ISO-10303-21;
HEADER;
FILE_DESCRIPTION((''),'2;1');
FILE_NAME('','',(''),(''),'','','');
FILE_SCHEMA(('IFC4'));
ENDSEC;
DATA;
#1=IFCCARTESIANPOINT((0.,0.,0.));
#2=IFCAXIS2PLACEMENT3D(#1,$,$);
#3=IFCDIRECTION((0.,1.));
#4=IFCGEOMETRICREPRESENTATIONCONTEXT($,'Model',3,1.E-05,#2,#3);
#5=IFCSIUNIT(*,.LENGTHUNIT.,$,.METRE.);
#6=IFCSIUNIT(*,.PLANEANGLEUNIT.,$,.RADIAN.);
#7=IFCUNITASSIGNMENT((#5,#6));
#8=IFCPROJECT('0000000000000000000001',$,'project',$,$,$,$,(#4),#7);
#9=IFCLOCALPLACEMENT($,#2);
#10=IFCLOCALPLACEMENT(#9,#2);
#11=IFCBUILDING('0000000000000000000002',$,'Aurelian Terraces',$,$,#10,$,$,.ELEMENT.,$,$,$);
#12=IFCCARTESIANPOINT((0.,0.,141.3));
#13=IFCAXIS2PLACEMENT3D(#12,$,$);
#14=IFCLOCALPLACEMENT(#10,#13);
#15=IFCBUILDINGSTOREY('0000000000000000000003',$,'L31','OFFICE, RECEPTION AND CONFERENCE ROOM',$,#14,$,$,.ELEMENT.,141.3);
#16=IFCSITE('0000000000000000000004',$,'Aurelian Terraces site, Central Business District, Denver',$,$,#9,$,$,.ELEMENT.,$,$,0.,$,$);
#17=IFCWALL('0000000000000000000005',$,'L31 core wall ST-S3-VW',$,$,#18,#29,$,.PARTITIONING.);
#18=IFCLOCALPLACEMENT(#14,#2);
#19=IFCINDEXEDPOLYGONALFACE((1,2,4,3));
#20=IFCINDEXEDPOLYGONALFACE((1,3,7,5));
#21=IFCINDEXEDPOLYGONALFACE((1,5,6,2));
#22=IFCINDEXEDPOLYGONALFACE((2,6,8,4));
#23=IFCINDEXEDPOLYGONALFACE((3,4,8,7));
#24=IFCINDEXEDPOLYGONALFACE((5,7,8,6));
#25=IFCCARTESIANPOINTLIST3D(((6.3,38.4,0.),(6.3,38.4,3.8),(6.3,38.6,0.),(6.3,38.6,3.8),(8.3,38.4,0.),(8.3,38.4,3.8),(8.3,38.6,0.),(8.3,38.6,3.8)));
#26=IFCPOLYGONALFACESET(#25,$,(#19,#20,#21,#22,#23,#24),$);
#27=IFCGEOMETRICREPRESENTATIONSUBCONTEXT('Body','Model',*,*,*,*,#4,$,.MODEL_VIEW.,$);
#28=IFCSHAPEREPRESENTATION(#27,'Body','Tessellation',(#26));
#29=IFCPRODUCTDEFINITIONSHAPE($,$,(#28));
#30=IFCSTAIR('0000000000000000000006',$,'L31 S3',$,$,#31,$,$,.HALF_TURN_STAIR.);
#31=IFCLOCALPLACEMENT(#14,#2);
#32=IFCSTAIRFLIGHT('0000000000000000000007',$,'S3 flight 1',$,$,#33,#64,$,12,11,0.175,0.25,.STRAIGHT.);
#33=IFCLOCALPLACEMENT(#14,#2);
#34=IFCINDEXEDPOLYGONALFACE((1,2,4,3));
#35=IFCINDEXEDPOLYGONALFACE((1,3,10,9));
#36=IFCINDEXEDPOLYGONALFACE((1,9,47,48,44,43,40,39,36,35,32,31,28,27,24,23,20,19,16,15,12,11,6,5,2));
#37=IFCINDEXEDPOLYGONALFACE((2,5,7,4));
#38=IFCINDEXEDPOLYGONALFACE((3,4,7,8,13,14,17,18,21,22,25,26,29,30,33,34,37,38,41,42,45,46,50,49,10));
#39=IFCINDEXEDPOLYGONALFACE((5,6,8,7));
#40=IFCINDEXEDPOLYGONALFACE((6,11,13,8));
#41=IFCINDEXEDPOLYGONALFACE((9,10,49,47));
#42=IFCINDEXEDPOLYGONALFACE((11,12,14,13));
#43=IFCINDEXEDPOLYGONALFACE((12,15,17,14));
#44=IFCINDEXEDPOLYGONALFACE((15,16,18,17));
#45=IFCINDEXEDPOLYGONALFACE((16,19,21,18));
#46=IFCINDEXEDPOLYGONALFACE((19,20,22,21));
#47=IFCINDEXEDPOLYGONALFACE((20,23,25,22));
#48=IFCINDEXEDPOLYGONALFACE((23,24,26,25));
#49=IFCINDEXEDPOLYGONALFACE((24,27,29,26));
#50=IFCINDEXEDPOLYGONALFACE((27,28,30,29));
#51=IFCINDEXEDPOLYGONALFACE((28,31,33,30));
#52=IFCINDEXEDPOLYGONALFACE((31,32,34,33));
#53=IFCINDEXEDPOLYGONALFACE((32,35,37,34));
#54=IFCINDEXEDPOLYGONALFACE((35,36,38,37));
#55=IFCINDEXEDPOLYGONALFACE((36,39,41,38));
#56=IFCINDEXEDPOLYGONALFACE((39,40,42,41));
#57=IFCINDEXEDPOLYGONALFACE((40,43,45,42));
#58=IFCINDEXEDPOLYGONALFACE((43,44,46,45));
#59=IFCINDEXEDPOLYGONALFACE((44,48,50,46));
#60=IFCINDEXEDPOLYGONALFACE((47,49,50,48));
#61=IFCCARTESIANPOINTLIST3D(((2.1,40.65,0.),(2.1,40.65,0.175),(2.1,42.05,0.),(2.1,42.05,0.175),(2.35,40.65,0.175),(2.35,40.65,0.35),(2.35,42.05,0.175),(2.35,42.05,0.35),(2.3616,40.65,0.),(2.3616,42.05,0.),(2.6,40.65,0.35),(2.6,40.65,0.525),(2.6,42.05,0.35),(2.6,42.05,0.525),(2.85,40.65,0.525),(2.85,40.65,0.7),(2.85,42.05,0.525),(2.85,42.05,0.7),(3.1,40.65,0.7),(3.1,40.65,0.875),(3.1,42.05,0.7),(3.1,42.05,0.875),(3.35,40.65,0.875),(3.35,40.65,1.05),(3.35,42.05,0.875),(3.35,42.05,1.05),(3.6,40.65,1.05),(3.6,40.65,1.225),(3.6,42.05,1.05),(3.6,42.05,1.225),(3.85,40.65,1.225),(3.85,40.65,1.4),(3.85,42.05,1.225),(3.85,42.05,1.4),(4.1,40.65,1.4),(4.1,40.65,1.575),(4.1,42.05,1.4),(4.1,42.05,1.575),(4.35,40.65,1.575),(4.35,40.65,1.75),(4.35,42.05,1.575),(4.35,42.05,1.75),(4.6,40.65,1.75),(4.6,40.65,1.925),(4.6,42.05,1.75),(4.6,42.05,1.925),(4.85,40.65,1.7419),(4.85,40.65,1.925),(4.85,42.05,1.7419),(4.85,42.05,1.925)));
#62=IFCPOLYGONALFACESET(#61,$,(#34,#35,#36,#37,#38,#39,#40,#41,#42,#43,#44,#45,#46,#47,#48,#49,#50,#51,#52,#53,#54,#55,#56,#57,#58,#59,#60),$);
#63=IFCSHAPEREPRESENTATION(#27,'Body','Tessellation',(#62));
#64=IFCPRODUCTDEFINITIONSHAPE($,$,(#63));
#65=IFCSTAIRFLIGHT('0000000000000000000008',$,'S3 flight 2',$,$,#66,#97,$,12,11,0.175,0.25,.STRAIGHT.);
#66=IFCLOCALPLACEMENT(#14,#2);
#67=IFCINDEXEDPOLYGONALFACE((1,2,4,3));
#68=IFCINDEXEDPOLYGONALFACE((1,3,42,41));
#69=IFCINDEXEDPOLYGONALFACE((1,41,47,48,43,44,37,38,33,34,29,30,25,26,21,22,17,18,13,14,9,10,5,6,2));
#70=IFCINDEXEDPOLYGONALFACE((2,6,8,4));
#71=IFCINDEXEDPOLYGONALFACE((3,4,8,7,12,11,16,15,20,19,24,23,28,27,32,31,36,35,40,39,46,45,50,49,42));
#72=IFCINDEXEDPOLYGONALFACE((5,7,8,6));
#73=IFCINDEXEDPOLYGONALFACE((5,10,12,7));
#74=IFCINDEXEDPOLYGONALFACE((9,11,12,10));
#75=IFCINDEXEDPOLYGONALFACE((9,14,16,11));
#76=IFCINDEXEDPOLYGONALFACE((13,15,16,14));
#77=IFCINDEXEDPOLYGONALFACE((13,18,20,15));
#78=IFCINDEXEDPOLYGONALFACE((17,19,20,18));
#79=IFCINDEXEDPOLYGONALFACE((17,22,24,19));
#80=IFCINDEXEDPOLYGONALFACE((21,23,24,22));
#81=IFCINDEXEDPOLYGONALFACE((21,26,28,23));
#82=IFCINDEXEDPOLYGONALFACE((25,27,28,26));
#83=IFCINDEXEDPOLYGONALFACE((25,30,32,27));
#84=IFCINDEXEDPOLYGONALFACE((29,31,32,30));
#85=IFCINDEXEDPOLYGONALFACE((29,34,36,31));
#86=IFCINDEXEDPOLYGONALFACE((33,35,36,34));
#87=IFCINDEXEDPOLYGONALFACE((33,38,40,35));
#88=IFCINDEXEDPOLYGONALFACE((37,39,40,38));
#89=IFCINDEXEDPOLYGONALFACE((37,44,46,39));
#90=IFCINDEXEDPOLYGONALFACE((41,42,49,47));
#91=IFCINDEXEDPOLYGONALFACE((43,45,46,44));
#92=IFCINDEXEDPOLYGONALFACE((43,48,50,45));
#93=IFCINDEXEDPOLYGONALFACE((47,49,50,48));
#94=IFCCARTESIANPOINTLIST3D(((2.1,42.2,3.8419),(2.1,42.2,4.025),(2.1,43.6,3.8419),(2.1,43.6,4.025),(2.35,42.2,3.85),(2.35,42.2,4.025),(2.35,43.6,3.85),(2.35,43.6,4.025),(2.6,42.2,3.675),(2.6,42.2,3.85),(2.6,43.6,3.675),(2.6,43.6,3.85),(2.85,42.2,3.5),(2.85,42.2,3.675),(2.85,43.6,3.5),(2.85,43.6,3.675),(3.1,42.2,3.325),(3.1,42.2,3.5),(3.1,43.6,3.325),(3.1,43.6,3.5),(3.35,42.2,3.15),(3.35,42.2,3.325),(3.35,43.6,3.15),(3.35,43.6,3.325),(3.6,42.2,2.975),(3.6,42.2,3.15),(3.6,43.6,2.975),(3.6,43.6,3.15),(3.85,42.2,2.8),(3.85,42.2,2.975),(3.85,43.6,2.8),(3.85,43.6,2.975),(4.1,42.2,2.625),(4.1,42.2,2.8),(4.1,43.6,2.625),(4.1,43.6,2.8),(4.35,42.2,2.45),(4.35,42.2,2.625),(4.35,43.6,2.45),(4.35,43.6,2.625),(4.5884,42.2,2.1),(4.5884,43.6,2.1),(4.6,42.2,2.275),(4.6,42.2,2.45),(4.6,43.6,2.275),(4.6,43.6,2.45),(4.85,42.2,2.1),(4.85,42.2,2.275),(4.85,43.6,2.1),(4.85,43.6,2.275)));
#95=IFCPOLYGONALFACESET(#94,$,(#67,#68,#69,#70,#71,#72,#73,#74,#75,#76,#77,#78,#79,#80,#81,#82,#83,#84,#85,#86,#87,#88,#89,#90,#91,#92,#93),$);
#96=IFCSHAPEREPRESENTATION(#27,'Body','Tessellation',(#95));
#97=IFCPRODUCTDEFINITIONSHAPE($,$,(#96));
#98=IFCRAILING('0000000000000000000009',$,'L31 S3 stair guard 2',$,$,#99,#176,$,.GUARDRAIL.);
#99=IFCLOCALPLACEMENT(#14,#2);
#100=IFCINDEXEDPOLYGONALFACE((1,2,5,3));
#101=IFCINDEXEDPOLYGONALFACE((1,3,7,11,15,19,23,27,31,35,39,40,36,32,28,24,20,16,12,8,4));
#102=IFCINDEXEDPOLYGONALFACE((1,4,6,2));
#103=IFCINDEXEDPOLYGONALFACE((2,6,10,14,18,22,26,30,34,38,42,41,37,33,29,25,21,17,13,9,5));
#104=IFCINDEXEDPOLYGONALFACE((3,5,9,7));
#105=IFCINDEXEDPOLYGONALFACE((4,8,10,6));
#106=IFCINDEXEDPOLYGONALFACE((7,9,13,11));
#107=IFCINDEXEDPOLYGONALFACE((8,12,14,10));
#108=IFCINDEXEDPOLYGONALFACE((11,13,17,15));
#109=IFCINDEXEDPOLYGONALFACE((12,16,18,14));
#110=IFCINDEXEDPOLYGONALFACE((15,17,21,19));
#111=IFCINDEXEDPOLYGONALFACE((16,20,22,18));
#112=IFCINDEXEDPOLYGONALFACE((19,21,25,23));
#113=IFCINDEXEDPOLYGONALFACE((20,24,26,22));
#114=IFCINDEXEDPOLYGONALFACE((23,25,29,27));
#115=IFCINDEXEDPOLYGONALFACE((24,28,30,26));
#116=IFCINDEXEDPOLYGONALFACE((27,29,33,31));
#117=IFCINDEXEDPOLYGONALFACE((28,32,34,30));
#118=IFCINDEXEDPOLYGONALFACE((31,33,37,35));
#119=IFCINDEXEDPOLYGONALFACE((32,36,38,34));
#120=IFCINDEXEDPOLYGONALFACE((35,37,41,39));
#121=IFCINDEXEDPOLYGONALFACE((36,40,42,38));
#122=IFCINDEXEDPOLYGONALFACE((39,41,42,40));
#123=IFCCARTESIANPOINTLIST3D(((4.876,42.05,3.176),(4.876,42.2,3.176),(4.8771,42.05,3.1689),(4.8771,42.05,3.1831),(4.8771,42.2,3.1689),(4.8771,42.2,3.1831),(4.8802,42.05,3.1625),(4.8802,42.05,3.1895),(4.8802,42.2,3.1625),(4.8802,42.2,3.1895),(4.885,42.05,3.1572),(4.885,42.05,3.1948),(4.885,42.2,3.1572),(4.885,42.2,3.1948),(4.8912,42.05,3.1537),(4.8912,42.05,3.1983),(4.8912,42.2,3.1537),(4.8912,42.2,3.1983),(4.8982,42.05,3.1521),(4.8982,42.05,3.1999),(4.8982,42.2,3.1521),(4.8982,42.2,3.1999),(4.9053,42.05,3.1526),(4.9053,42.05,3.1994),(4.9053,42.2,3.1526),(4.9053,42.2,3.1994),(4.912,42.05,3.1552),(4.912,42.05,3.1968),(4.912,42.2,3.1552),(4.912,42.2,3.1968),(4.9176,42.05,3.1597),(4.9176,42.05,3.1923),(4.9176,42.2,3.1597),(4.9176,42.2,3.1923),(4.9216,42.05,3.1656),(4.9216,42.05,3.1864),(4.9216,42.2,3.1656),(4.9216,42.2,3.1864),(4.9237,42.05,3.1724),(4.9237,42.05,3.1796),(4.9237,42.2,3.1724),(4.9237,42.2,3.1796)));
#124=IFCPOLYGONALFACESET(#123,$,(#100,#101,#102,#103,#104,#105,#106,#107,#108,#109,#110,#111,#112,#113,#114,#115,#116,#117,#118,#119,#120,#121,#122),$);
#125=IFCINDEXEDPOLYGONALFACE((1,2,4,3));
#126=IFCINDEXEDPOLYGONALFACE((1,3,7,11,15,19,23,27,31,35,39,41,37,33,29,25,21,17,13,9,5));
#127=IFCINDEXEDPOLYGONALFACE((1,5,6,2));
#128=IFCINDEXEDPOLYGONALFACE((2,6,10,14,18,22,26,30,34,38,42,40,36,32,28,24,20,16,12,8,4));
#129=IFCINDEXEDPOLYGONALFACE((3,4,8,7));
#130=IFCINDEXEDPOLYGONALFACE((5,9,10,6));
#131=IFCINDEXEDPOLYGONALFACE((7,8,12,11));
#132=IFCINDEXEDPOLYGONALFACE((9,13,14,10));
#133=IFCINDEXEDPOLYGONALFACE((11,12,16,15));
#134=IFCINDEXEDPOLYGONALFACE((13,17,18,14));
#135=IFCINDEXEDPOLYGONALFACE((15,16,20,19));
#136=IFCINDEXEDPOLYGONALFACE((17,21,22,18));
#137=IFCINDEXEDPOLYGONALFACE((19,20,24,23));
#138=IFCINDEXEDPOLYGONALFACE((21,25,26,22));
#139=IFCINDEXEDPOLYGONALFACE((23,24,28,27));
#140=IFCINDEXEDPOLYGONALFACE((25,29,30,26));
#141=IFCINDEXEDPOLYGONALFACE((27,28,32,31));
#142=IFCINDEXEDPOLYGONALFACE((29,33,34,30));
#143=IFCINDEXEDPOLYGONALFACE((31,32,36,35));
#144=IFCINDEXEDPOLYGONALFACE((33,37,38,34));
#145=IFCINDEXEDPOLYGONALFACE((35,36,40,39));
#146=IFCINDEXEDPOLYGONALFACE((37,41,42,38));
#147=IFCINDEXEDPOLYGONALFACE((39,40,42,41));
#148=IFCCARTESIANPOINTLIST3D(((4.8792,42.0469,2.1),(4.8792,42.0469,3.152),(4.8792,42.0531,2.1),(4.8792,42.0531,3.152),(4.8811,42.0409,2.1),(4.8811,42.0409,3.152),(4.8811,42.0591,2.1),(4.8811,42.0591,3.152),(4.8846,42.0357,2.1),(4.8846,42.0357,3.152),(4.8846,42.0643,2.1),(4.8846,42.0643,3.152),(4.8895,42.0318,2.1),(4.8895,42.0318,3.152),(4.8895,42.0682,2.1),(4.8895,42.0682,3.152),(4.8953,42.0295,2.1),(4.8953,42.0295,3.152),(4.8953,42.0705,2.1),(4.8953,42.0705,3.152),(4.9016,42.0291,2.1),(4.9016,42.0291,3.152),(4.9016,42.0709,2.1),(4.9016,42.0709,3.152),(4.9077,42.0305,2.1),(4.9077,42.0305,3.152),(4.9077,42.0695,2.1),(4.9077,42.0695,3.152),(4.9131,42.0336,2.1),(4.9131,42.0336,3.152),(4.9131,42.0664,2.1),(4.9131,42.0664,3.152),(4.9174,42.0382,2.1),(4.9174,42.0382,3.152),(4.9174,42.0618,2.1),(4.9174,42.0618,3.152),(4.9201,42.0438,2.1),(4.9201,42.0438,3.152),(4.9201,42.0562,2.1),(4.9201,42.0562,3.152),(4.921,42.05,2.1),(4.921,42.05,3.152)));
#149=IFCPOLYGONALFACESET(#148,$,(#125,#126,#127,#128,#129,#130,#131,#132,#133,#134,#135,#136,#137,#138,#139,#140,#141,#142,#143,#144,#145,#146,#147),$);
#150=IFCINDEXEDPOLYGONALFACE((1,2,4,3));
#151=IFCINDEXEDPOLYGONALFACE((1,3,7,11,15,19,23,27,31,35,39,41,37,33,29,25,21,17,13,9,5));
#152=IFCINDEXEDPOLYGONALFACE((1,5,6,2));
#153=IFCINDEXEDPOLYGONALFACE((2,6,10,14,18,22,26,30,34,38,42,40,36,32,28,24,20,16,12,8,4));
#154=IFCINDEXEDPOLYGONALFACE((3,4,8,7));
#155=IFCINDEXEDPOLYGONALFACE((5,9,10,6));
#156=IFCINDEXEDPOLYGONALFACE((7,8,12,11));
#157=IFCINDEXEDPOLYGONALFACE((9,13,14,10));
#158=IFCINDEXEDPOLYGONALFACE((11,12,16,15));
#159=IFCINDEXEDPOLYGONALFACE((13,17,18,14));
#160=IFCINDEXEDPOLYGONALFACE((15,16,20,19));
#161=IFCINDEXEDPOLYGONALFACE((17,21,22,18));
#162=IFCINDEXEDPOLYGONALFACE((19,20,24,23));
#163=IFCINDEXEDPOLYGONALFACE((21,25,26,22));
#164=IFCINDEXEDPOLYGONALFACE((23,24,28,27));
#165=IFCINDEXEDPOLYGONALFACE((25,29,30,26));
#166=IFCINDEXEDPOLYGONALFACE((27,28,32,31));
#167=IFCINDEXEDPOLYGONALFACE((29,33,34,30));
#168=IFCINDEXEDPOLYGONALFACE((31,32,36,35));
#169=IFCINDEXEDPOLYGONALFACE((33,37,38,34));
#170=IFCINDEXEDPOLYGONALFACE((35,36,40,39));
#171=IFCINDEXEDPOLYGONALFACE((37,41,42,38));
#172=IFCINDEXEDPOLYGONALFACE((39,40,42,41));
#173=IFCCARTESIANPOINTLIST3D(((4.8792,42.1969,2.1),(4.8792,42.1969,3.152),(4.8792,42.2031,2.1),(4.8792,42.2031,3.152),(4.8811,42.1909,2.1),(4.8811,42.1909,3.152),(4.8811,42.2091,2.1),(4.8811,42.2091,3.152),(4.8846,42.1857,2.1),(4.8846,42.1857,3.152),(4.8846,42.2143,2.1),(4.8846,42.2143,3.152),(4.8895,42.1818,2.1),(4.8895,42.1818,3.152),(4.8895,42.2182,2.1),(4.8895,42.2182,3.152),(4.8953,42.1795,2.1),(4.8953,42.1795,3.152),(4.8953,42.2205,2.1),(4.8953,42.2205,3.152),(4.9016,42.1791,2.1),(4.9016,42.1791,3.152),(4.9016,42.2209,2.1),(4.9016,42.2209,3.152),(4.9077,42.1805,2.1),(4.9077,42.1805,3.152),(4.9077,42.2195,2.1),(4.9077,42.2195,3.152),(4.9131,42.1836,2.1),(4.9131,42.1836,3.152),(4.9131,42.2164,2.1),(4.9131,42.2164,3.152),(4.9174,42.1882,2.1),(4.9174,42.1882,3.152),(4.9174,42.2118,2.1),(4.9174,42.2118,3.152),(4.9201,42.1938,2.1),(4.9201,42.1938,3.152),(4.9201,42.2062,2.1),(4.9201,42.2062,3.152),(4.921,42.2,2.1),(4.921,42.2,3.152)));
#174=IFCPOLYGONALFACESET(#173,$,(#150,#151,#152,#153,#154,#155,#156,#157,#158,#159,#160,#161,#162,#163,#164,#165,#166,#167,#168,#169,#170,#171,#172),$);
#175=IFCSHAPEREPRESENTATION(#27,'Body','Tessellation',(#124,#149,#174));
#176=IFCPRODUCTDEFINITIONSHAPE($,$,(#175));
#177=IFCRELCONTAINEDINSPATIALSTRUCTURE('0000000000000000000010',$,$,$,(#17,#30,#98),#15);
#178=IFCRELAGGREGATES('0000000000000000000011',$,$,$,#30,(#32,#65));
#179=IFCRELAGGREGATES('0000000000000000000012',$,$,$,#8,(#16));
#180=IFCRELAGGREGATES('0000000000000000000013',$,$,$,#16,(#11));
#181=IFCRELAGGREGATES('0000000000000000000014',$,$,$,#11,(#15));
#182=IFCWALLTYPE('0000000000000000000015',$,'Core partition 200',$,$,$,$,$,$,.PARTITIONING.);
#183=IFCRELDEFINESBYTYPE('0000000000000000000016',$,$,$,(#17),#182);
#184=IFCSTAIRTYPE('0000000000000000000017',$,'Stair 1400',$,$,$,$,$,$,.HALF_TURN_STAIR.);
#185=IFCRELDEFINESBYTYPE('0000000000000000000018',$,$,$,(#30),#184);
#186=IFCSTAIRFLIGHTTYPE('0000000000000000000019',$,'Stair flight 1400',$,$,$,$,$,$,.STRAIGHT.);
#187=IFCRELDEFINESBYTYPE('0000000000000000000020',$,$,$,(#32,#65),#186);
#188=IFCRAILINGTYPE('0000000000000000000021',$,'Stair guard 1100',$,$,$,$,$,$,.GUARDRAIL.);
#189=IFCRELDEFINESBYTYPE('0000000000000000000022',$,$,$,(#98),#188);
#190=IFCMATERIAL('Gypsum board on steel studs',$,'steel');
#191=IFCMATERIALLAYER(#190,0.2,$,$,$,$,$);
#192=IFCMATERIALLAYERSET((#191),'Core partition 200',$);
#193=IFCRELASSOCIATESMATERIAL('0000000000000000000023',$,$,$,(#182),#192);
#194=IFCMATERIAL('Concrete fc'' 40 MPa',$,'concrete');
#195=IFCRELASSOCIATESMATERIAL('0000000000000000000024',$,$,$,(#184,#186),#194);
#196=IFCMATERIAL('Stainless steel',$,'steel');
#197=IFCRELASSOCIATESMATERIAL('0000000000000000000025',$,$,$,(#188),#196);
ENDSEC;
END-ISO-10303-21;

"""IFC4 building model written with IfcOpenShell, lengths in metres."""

from ifc_helpers import new_model, si_unit, direction, frame, frame_2d, origin, origin_2d, place, context, subcontext, project, spatial, polyline, rectangle, circle, outline, extrude, source, transform, mapped, material, layer, layer_set, type_object, element, aggregate, save


model = new_model("IFC4")

# Units and contexts
model_context = context("Model", 3, precision=1e-05, world=origin(), true_north=direction((0.0, 1.0)))
body_context = subcontext(model_context, "Body", "Model", "MODEL_VIEW")
ifc_project = project(units=[si_unit("LENGTHUNIT", "METRE"), si_unit("PLANEANGLEUNIT", "RADIAN")], contexts=[model_context])

# Site, building, storey
site_placement = place(None, origin())
site = spatial("IfcSite", under=ifc_project, at=site_placement, Name="Aurelian Terraces site, Central Business District, Denver", CompositionType="ELEMENT", RefElevation=0.0)
building_placement = place(site_placement, origin())
building = spatial("IfcBuilding", under=site, at=building_placement, Name="Aurelian Terraces", CompositionType="ELEMENT")
storey_placement = place(building_placement, frame((0.0, 0.0, 141.3)))
storey = spatial("IfcBuildingStorey", under=building, at=storey_placement, Name="L31", Description="OFFICE, RECEPTION AND CONFERENCE ROOM", CompositionType="ELEMENT", Elevation=141.3)

# Shared definitions
ifc_material_1 = material(Name="Concrete fc' 40 MPa", Category="concrete")

# Wall
ifc_material_2 = material(Name="Gypsum board on steel studs", Category="steel")
ifc_layer_1 = layer(ifc_material_2, 0.2)
ifc_layer_set_1 = layer_set([ifc_layer_1], Name="Core partition 200")
wall_type_1 = type_object("IfcWallType", Name="Core partition 200", PredefinedType="PARTITIONING", material=ifc_layer_set_1)
shared_shape_1 = source(origin(), body_context, "Body", "SweptSolid", [
    extrude(rectangle(XDim=2.0, YDim=0.2, at=frame_2d((1.0, 0.0))), origin(), (0.0, 0.0, 1.0), 3.8),
])
wall_1_placement = place(storey_placement, frame((6.3, 38.5, 0.0), z_axis=(0.0, 0.0, 1.0), x_axis=(1.0, 0.0, 0.0)))
element("IfcWall", 1, at=wall_1_placement, inside=storey, type_object=wall_type_1, Name="L31 core wall ST-S3-VW", PredefinedType="PARTITIONING", context=body_context, shape_type="MappedRepresentation", body=[
    mapped(shared_shape_1, transform((0.0, 0.0, 0.0), scale=1.0)),
])

# Stair, stair flights
stair_type = type_object("IfcStairType", Name="Stair 1400", PredefinedType="HALF_TURN_STAIR", material=ifc_material_1)
stair_placement = place(storey_placement, origin())
stair = element("IfcStair", 2, at=stair_placement, inside=storey, type_object=stair_type, Name="L31 S3", PredefinedType="HALF_TURN_STAIR")
stair_flight_type = type_object("IfcStairFlightType", Name="Stair flight 1400", PredefinedType="STRAIGHT", material=ifc_material_1)
shared_shape_2 = source(origin(), body_context, "Body", "SweptSolid", [
    extrude(outline(polyline([(0.0, 0.0), (0.0, 0.175), (0.25, 0.175), (0.25, 0.35), (0.5, 0.35), (0.5, 0.525), (0.75, 0.525), (0.75, 0.7), (1.0, 0.7), (1.0, 0.875), (1.25, 0.875), (1.25, 1.05), (1.5, 1.05), (1.5, 1.225), (1.75, 1.225), (1.75, 1.4), (2.0, 1.4), (2.0, 1.575), (2.25, 1.575), (2.25, 1.75), (2.5, 1.75), (2.5, 1.925), (2.75, 1.925), (2.75, 2.1), (2.75, 1.7419), (0.2616, 0.0), (0.0, 0.0)])), frame((0.0, 0.7, 0.0), z_axis=(0.0, -1.0, 0.0), x_axis=(1.0, 0.0, 0.0)), (0.0, 0.0, 1.0), 1.4),
])
stair_flight_1_placement = place(storey_placement, frame((2.1, 41.35, 0.0), z_axis=(0.0, 0.0, 1.0), x_axis=(1.0, 0.0, 0.0)))
stair_flight_1 = element("IfcStairFlight", 3, at=stair_flight_1_placement, type_object=stair_flight_type, Name="S3 flight 1", NumberOfRisers=12, NumberOfTreads=11, PredefinedType="STRAIGHT", RiserHeight=0.175, TreadLength=0.25, context=body_context, shape_type="MappedRepresentation", body=[
    mapped(shared_shape_2, transform((0.0, 0.0, 0.0), scale=1.0)),
])
stair_flight_2_placement = place(storey_placement, frame((4.85, 42.9, 2.1), z_axis=(0.0, 0.0, 1.0), x_axis=(-1.0, 0.0, 0.0)))
stair_flight_2 = element("IfcStairFlight", 4, at=stair_flight_2_placement, type_object=stair_flight_type, Name="S3 flight 2", NumberOfRisers=12, NumberOfTreads=11, PredefinedType="STRAIGHT", RiserHeight=0.175, TreadLength=0.25, context=body_context, shape_type="MappedRepresentation", body=[
    mapped(shared_shape_2, transform((0.0, 0.0, 0.0), scale=1.0)),
])
aggregate(stair, [stair_flight_1, stair_flight_2])

# Railing
ifc_material_3 = material(Name="Stainless steel", Category="steel")
railing_type_1 = type_object("IfcRailingType", Name="Stair guard 1100", PredefinedType="GUARDRAIL", material=ifc_material_3)
shared_shape_3 = source(origin(), body_context, "Body", "SweptSolid", [
    extrude(circle(Radius=0.024, at=origin_2d()), frame((0.0, 0.0, 1.076), z_axis=(0.0, 1.0, 0.0), x_axis=(-1.0, 0.0, 0.0)), (0.0, 0.0, 1.0), 0.15),
    extrude(circle(Radius=0.021, at=origin_2d()), origin(), (0.0, 0.0, 1.0), 1.052),
    extrude(circle(Radius=0.021, at=origin_2d()), frame((0.0, 0.15, 0.0)), (0.0, 0.0, 1.0), 1.052),
])
for number, where, name in (
    (5, (4.9, 42.05, 2.1), "L31 S3 stair guard 2"),
):
    element("IfcRailing", number, at=place(storey_placement, frame(where)), inside=storey, type_object=railing_type_1, Name=name, PredefinedType="GUARDRAIL", context=body_context, shape_type="MappedRepresentation", body=[
        mapped(shared_shape_3, transform((0.0, 0.0, 0.0), scale=1.0)),
    ])

save(model, "model.ifc")
